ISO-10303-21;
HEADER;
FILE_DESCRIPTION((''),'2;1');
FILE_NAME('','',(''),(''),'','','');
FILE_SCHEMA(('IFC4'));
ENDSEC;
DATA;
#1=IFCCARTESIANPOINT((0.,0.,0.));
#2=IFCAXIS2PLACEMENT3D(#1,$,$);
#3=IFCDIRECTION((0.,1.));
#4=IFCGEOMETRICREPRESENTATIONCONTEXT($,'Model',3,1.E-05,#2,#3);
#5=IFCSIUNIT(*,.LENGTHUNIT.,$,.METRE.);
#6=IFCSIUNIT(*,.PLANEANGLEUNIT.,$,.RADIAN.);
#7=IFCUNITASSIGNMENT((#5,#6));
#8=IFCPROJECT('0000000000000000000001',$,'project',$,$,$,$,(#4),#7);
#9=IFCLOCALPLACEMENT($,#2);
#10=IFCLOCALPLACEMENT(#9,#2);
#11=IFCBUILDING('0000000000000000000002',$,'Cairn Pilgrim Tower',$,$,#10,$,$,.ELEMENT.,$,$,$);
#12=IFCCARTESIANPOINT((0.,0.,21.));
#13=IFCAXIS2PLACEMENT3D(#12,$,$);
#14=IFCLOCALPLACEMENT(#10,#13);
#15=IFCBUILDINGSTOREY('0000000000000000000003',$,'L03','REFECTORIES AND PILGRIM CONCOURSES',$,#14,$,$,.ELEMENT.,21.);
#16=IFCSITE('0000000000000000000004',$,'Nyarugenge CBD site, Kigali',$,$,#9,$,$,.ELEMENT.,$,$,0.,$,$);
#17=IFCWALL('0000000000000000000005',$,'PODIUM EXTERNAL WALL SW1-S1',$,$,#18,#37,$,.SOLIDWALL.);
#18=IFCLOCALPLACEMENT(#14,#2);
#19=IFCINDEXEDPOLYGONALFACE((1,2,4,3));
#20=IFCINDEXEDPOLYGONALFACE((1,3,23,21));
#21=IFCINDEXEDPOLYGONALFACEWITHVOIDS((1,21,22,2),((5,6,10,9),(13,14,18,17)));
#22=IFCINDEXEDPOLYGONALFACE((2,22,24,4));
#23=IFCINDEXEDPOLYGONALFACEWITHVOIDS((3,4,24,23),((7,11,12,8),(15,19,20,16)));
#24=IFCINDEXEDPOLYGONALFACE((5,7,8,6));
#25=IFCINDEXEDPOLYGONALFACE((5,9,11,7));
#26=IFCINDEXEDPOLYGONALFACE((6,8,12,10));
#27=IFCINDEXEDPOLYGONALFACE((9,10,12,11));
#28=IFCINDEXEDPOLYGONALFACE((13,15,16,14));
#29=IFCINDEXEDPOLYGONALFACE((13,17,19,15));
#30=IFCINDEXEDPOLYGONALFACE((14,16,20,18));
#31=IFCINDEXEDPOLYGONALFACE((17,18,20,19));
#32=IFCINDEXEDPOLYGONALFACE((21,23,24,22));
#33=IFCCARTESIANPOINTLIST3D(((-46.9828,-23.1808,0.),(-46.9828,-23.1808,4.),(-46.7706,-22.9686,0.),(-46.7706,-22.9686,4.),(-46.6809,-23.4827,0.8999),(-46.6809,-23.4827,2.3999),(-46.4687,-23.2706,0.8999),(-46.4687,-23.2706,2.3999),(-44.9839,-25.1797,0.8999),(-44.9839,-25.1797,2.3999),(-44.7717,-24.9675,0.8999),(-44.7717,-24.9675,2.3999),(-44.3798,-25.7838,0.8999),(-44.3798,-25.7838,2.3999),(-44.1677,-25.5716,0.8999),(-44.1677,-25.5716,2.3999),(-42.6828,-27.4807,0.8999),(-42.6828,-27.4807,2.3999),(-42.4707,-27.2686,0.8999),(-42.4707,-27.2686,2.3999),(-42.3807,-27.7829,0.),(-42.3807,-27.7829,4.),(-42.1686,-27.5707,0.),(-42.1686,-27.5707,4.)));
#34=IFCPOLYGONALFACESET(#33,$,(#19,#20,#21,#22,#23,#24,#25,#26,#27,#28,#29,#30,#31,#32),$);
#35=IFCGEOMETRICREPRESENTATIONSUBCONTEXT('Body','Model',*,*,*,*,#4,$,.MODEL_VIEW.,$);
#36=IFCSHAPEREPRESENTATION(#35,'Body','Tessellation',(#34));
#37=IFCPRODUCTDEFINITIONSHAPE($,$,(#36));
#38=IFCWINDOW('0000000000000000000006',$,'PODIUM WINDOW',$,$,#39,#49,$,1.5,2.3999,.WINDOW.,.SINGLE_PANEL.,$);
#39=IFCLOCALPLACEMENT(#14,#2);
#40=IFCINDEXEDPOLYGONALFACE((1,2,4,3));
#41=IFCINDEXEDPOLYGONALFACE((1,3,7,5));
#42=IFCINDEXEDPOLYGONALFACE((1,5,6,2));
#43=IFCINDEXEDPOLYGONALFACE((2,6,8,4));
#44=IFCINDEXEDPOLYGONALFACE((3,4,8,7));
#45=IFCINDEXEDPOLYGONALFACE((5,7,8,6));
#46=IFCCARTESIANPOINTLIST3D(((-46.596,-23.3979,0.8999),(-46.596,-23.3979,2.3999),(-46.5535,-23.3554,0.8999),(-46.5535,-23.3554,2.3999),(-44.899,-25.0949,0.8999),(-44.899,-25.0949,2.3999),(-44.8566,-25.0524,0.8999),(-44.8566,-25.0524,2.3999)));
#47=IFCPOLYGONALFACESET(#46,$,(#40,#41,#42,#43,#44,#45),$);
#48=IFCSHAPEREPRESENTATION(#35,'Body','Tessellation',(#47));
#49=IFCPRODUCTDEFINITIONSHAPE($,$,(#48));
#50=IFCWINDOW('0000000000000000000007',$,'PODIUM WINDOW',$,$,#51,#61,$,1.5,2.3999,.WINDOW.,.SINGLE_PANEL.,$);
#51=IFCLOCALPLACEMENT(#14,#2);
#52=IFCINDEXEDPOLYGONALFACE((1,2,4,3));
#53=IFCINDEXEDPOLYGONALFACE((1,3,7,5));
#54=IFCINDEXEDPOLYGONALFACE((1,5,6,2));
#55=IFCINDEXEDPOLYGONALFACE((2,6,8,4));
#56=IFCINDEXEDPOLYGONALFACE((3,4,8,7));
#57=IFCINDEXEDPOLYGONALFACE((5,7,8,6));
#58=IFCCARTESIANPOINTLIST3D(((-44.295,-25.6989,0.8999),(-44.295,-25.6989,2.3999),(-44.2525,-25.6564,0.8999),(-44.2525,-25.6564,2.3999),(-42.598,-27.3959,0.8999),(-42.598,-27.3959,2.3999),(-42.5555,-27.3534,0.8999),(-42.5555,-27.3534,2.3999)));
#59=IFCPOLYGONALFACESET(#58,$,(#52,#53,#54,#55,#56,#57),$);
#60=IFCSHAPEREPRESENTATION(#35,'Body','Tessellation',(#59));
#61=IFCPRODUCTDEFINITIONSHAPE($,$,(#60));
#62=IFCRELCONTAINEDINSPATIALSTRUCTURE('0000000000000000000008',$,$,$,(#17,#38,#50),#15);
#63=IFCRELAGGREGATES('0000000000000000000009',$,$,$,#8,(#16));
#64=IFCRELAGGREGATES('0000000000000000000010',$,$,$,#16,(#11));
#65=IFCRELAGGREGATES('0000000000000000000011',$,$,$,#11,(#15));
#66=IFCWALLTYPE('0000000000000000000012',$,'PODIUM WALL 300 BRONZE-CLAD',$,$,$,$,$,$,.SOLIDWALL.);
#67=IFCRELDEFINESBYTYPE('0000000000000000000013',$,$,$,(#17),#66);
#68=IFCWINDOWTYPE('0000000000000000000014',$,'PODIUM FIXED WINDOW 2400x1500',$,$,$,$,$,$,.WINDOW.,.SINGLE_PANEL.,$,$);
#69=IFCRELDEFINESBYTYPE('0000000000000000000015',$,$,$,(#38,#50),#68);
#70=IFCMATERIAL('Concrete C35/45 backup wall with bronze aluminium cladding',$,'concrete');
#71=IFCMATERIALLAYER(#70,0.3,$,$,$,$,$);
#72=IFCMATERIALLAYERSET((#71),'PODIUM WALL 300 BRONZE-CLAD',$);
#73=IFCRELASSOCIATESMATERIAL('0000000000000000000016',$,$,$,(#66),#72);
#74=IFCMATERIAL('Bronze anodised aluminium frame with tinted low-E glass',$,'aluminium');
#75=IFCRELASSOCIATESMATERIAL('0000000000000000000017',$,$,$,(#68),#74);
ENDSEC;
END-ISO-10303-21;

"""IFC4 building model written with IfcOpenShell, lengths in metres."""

from ifc_helpers import new_model, si_unit, direction, frame, frame_2d, origin, place, context, subcontext, project, spatial, rectangle, extrude, material, layer, layer_set, type_object, element, fill, save


model = new_model("IFC4")

# Units and contexts
model_context = context("Model", 3, precision=1e-05, world=origin(), true_north=direction((0.0, 1.0)))
body_context = subcontext(model_context, "Body", "Model", "MODEL_VIEW")
ifc_project = project(units=[si_unit("LENGTHUNIT", "METRE"), si_unit("PLANEANGLEUNIT", "RADIAN")], contexts=[model_context])

# Site, building, storey
site_placement = place(None, origin())
site = spatial("IfcSite", under=ifc_project, at=site_placement, Name="Nyarugenge CBD site, Kigali", CompositionType="ELEMENT", RefElevation=0.0)
building_placement = place(site_placement, origin())
building = spatial("IfcBuilding", under=site, at=building_placement, Name="Cairn Pilgrim Tower", CompositionType="ELEMENT")
storey_placement = place(building_placement, frame((0.0, 0.0, 21.0)))
storey = spatial("IfcBuildingStorey", under=building, at=storey_placement, Name="L03", Description="REFECTORIES AND PILGRIM CONCOURSES", CompositionType="ELEMENT", Elevation=21.0)

# Wall, openings, windows
ifc_material_1 = material(Name="Concrete C35/45 backup wall with bronze aluminium cladding", Category="concrete")
ifc_layer_1 = layer(ifc_material_1, 0.3)
ifc_layer_set_1 = layer_set([ifc_layer_1], Name="PODIUM WALL 300 BRONZE-CLAD")
wall_type_1 = type_object("IfcWallType", Name="PODIUM WALL 300 BRONZE-CLAD", PredefinedType="SOLIDWALL", material=ifc_layer_set_1)
ifc_material_2 = material(Name="Bronze anodised aluminium frame with tinted low-E glass", Category="aluminium")
window_type = type_object("IfcWindowType", Name="PODIUM FIXED WINDOW 2400x1500", PartitioningType="SINGLE_PANEL", PredefinedType="WINDOW", material=ifc_material_2)
wall_1_placement = place(storey_placement, frame((-46.8767, -23.0747, 0.0), z_axis=(0.0, 0.0, 1.0), x_axis=(0.707107, -0.707107, 0.0)))
wall_1 = element("IfcWall", 1, at=wall_1_placement, inside=storey, type_object=wall_type_1, Name="PODIUM EXTERNAL WALL SW1-S1", PredefinedType="SOLIDWALL", context=body_context, shape_type="SweptSolid", body=[
    extrude(rectangle(XDim=6.5083, YDim=0.3, at=frame_2d((3.2542, 0.0))), origin(), (0.0, 0.0, 1.0), 4.0),
])
opening_1_placement = place(wall_1_placement, frame((0.427, 0.0, 0.8999)))
opening_1 = element("IfcOpeningElement", 2, at=opening_1_placement, cuts=wall_1, PredefinedType="OPENING", context=body_context, shape_type="SweptSolid", body=[
    extrude(rectangle(XDim=2.3999, YDim=1.5, at=frame_2d((1.2, 0.75))), frame((0.0, 0.1602, 0.0), z_axis=(0.0, -1.0, 0.0), x_axis=(1.0, 0.0, 0.0)), (0.0, 0.0, 1.0), 0.3201),
])
opening_2_placement = place(wall_1_placement, frame((3.6812, 0.0, 0.8999)))
opening_2 = element("IfcOpeningElement", 3, at=opening_2_placement, cuts=wall_1, PredefinedType="OPENING", context=body_context, shape_type="SweptSolid", body=[
    extrude(rectangle(XDim=2.3999, YDim=1.5, at=frame_2d((1.2, 0.75))), frame((0.0, 0.1602, 0.0), z_axis=(0.0, -1.0, 0.0), x_axis=(1.0, 0.0, 0.0)), (0.0, 0.0, 1.0), 0.3201),
])
window_1_placement = place(opening_1_placement, origin())
window_1 = element("IfcWindow", 4, at=window_1_placement, inside=storey, type_object=window_type, Name="PODIUM WINDOW", OverallHeight=1.5, OverallWidth=2.3999, PartitioningType="SINGLE_PANEL", PredefinedType="WINDOW", context=body_context, shape_type="SweptSolid", body=[
    extrude(rectangle(XDim=2.3999, YDim=1.5, at=frame_2d((1.2, 0.75))), frame((0.0, 0.03, 0.0), z_axis=(0.0, -1.0, 0.0), x_axis=(1.0, 0.0, 0.0)), (0.0, 0.0, 1.0), 0.0601),
])
fill(opening_1, window_1)
window_2_placement = place(opening_2_placement, origin())
window_2 = element("IfcWindow", 5, at=window_2_placement, inside=storey, type_object=window_type, Name="PODIUM WINDOW", OverallHeight=1.5, OverallWidth=2.3999, PartitioningType="SINGLE_PANEL", PredefinedType="WINDOW", context=body_context, shape_type="SweptSolid", body=[
    extrude(rectangle(XDim=2.3999, YDim=1.5, at=frame_2d((1.2, 0.75))), frame((0.0, 0.03, 0.0), z_axis=(0.0, -1.0, 0.0), x_axis=(1.0, 0.0, 0.0)), (0.0, 0.0, 1.0), 0.0601),
])
fill(opening_2, window_2)

save(model, "model.ifc")
